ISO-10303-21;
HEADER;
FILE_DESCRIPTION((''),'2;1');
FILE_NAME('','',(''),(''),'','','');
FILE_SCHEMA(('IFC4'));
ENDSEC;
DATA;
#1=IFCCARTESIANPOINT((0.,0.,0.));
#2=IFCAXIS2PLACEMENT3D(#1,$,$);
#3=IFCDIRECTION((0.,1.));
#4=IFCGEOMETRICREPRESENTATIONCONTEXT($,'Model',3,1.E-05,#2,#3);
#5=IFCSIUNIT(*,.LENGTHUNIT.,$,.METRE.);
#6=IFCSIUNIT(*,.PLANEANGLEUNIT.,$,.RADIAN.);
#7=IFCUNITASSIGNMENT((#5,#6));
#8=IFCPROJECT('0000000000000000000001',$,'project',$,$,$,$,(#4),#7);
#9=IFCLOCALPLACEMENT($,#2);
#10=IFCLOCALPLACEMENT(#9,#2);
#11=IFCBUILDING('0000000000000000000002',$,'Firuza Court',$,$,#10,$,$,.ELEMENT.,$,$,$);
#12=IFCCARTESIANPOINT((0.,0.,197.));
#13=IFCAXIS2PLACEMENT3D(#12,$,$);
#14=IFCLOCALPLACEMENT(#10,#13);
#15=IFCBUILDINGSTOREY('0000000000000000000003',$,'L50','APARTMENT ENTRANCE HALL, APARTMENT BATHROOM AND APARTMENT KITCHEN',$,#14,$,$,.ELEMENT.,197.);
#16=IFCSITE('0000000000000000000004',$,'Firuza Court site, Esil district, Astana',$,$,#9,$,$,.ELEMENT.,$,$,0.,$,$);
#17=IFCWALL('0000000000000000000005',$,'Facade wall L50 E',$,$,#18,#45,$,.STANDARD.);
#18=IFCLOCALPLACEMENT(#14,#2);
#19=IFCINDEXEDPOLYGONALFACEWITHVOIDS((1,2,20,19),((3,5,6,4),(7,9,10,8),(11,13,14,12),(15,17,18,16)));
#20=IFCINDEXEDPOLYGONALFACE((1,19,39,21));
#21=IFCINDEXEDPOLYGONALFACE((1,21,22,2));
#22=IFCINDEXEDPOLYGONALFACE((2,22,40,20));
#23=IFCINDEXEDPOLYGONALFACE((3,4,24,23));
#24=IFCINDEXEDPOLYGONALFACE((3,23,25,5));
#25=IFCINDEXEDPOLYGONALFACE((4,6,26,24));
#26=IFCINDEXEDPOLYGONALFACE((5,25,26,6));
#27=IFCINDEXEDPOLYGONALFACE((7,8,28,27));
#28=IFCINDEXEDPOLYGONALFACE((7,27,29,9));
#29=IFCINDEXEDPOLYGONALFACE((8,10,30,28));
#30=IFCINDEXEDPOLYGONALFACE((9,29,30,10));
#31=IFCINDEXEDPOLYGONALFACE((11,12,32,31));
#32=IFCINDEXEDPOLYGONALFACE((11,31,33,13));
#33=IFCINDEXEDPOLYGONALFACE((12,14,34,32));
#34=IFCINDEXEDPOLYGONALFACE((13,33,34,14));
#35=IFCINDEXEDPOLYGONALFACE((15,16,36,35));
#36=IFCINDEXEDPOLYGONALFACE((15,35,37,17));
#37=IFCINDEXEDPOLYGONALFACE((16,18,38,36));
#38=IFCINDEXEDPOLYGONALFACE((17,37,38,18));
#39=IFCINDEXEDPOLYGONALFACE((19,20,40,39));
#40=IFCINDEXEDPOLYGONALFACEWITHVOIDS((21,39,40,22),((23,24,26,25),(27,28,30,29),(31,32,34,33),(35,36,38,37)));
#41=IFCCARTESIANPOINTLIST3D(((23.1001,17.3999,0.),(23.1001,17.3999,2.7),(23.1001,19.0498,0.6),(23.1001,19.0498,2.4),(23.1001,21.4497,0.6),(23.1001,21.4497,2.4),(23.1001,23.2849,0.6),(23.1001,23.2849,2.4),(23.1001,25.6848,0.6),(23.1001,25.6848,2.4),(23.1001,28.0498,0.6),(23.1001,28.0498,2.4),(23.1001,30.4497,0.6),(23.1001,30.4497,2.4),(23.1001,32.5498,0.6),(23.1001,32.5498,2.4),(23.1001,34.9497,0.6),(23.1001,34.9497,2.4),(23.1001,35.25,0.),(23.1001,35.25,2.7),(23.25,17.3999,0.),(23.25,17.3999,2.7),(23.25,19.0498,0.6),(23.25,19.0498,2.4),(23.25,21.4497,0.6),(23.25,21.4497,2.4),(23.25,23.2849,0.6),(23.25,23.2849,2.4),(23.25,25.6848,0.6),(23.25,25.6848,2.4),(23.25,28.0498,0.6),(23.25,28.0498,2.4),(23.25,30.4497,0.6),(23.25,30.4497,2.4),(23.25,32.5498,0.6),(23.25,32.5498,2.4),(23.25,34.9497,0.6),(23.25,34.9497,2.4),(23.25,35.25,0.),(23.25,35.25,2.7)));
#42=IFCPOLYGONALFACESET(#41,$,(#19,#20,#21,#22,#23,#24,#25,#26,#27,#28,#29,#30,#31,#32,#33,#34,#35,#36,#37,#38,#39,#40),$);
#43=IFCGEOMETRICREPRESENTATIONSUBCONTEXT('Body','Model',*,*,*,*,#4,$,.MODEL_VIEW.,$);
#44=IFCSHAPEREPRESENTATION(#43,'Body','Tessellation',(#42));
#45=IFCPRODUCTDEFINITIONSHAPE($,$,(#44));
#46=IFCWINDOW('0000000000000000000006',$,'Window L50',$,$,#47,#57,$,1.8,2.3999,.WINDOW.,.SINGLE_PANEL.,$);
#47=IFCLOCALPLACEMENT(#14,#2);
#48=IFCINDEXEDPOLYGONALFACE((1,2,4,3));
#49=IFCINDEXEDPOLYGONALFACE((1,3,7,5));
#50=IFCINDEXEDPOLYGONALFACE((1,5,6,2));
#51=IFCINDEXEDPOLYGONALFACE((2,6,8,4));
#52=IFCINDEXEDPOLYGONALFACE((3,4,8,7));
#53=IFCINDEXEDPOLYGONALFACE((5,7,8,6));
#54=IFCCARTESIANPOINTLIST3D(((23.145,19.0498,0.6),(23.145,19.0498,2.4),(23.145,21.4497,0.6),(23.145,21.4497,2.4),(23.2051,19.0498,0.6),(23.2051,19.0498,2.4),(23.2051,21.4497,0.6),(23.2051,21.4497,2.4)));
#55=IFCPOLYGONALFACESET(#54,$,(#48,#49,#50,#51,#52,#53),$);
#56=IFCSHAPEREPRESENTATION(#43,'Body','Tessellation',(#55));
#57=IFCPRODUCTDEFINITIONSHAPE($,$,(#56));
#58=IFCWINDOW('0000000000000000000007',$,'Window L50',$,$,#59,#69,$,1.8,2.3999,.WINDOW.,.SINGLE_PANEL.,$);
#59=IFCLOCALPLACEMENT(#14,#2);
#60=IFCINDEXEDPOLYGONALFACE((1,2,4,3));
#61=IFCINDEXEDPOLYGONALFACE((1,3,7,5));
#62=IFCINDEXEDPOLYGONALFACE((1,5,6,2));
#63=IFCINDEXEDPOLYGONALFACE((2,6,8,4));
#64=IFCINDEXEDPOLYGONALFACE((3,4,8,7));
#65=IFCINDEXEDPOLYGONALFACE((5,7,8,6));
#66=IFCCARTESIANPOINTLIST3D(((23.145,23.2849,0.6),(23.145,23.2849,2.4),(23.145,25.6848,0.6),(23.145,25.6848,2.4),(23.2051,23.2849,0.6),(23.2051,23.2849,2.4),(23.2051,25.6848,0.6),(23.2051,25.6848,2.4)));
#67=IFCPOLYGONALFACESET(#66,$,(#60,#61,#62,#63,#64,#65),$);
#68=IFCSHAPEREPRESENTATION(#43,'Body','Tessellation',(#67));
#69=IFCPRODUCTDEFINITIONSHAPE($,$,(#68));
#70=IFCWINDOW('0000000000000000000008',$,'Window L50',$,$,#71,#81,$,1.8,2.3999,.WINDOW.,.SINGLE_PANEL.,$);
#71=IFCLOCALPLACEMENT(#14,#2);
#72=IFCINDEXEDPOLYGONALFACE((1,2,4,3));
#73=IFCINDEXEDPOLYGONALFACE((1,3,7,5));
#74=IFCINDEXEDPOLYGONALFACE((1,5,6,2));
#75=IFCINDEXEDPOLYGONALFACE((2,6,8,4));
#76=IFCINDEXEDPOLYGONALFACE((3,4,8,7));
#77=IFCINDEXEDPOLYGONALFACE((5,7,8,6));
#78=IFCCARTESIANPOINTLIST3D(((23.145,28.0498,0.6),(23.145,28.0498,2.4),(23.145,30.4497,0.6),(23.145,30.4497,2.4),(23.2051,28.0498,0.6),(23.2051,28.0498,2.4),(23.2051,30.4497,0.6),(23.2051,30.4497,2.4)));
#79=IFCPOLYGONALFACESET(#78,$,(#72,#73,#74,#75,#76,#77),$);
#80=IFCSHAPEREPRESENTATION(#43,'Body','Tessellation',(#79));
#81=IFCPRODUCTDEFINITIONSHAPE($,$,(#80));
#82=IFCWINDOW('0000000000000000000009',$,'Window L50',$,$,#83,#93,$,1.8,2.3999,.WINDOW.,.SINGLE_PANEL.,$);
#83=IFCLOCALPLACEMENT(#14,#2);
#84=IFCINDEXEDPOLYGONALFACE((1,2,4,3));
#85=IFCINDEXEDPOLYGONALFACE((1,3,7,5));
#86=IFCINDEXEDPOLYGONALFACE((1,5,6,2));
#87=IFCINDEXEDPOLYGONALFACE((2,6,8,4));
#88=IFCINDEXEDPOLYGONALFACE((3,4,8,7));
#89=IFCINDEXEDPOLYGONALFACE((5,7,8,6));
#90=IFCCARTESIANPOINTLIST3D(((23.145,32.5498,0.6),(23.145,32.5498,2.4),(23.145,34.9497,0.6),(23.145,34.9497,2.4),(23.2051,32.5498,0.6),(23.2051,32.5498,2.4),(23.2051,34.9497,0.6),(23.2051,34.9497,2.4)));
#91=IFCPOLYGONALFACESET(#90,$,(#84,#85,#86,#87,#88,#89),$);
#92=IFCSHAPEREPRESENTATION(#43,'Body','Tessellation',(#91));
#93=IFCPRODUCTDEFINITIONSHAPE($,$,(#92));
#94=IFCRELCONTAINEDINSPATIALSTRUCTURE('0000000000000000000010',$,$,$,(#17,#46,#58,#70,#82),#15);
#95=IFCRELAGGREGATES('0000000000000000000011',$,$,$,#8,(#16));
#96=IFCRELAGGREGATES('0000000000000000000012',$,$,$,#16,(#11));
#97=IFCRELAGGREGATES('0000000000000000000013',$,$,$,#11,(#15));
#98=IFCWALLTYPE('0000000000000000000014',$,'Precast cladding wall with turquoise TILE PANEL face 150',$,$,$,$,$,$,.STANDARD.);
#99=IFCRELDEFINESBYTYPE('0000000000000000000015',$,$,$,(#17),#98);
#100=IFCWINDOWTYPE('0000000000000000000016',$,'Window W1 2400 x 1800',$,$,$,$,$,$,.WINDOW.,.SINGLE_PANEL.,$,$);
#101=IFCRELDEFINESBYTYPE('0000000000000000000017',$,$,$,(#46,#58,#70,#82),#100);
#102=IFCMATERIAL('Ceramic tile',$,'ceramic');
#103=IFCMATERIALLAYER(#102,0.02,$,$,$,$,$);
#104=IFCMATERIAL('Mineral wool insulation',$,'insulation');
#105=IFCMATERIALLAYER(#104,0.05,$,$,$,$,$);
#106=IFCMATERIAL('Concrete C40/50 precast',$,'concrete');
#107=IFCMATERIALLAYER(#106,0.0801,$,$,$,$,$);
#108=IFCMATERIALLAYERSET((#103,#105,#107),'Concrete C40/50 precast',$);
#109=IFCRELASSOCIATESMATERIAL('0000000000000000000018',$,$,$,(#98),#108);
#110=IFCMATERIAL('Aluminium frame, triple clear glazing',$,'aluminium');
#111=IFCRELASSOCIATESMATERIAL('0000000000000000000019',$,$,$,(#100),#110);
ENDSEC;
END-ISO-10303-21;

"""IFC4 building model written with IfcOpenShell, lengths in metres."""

from ifc_helpers import new_model, si_unit, direction, frame, frame_2d, origin, place, context, subcontext, project, spatial, rectangle, extrude, material, layer, layer_set, type_object, element, fill, save


model = new_model("IFC4")

# Units and contexts
model_context = context("Model", 3, precision=1e-05, world=origin(), true_north=direction((0.0, 1.0)))
body_context = subcontext(model_context, "Body", "Model", "MODEL_VIEW")
ifc_project = project(units=[si_unit("LENGTHUNIT", "METRE"), si_unit("PLANEANGLEUNIT", "RADIAN")], contexts=[model_context])

# Site, building, storey
site_placement = place(None, origin())
site = spatial("IfcSite", under=ifc_project, at=site_placement, Name="Firuza Court site, Esil district, Astana", CompositionType="ELEMENT", RefElevation=0.0)
building_placement = place(site_placement, origin())
building = spatial("IfcBuilding", under=site, at=building_placement, Name="Firuza Court", CompositionType="ELEMENT")
storey_placement = place(building_placement, frame((0.0, 0.0, 197.0)))
storey = spatial("IfcBuildingStorey", under=building, at=storey_placement, Name="L50", Description="APARTMENT ENTRANCE HALL, APARTMENT BATHROOM AND APARTMENT KITCHEN", CompositionType="ELEMENT", Elevation=197.0)

# Wall, openings, windows
ifc_material_1 = material(Name="Ceramic tile", Category="ceramic")
ifc_layer_1 = layer(ifc_material_1, 0.02)
ifc_material_2 = material(Name="Mineral wool insulation", Category="insulation")
ifc_layer_2 = layer(ifc_material_2, 0.05)
ifc_material_3 = material(Name="Concrete C40/50 precast", Category="concrete")
ifc_layer_3 = layer(ifc_material_3, 0.0801)
ifc_layer_set_1 = layer_set([ifc_layer_1, ifc_layer_2, ifc_layer_3], Name="Concrete C40/50 precast")
wall_type_1 = type_object("IfcWallType", Name="Precast cladding wall with turquoise TILE PANEL face 150", PredefinedType="STANDARD", material=ifc_layer_set_1)
wall_1_placement = place(storey_placement, frame((23.175, 17.3999, 0.0), z_axis=(0.0, 0.0, 1.0), x_axis=(0.0, 1.0, 0.0)))
wall_1 = element("IfcWall", 1, at=wall_1_placement, inside=storey, type_object=wall_type_1, Name="Facade wall L50 E", PredefinedType="STANDARD", context=body_context, shape_type="SweptSolid", body=[
    extrude(rectangle(XDim=17.8501, YDim=0.1499, at=frame_2d((8.925, 0.0))), origin(), (0.0, 0.0, 1.0), 2.7),
])
opening_1_placement = place(wall_1_placement, frame((1.6499, 0.0, 0.6001)))
opening_1 = element("IfcOpeningElement", 2, at=opening_1_placement, cuts=wall_1, PredefinedType="OPENING", context=body_context, shape_type="SweptSolid", body=[
    extrude(rectangle(XDim=2.3999, YDim=1.8, at=frame_2d((1.2, 0.8999))), frame((0.0, 0.0869, 0.0), z_axis=(0.0, -1.0, 0.0), x_axis=(1.0, 0.0, 0.0)), (0.0, 0.0, 1.0), 0.1738),
])
opening_2_placement = place(wall_1_placement, frame((5.885, 0.0, 0.6001)))
opening_2 = element("IfcOpeningElement", 3, at=opening_2_placement, cuts=wall_1, PredefinedType="OPENING", context=body_context, shape_type="SweptSolid", body=[
    extrude(rectangle(XDim=2.3999, YDim=1.8, at=frame_2d((1.2, 0.8999))), frame((0.0, 0.0869, 0.0), z_axis=(0.0, -1.0, 0.0), x_axis=(1.0, 0.0, 0.0)), (0.0, 0.0, 1.0), 0.1738),
])
opening_3_placement = place(wall_1_placement, frame((10.6499, 0.0, 0.6001)))
opening_3 = element("IfcOpeningElement", 4, at=opening_3_placement, cuts=wall_1, PredefinedType="OPENING", context=body_context, shape_type="SweptSolid", body=[
    extrude(rectangle(XDim=2.3999, YDim=1.8, at=frame_2d((1.2, 0.8999))), frame((0.0, 0.0869, 0.0), z_axis=(0.0, -1.0, 0.0), x_axis=(1.0, 0.0, 0.0)), (0.0, 0.0, 1.0), 0.1738),
])
opening_4_placement = place(wall_1_placement, frame((15.1499, 0.0, 0.6001)))
opening_4 = element("IfcOpeningElement", 5, at=opening_4_placement, cuts=wall_1, PredefinedType="OPENING", context=body_context, shape_type="SweptSolid", body=[
    extrude(rectangle(XDim=2.3999, YDim=1.8, at=frame_2d((1.2, 0.8999))), frame((0.0, 0.0869, 0.0), z_axis=(0.0, -1.0, 0.0), x_axis=(1.0, 0.0, 0.0)), (0.0, 0.0, 1.0), 0.1738),
])
ifc_material_4 = material(Name="Aluminium frame, triple clear glazing", Category="aluminium")
window_type_1 = type_object("IfcWindowType", Name="Window W1 2400 x 1800", PartitioningType="SINGLE_PANEL", PredefinedType="WINDOW", material=ifc_material_4)
window_1_placement = place(opening_1_placement, origin())
window_1 = element("IfcWindow", 6, at=window_1_placement, inside=storey, type_object=window_type_1, Name="Window L50", OverallHeight=1.8, OverallWidth=2.3999, PartitioningType="SINGLE_PANEL", PredefinedType="WINDOW", context=body_context, shape_type="SweptSolid", body=[
    extrude(rectangle(XDim=2.3999, YDim=1.8, at=frame_2d((1.2, 0.8999))), frame((0.0, 0.03, 0.0), z_axis=(0.0, -1.0, 0.0), x_axis=(1.0, 0.0, 0.0)), (0.0, 0.0, 1.0), 0.0601),
])
fill(opening_1, window_1)
window_2_placement = place(opening_2_placement, origin())
window_2 = element("IfcWindow", 7, at=window_2_placement, inside=storey, type_object=window_type_1, Name="Window L50", OverallHeight=1.8, OverallWidth=2.3999, PartitioningType="SINGLE_PANEL", PredefinedType="WINDOW", context=body_context, shape_type="SweptSolid", body=[
    extrude(rectangle(XDim=2.3999, YDim=1.8, at=frame_2d((1.2, 0.8999))), frame((0.0, 0.03, 0.0), z_axis=(0.0, -1.0, 0.0), x_axis=(1.0, 0.0, 0.0)), (0.0, 0.0, 1.0), 0.0601),
])
fill(opening_2, window_2)
window_3_placement = place(opening_3_placement, origin())
window_3 = element("IfcWindow", 8, at=window_3_placement, inside=storey, type_object=window_type_1, Name="Window L50", OverallHeight=1.8, OverallWidth=2.3999, PartitioningType="SINGLE_PANEL", PredefinedType="WINDOW", context=body_context, shape_type="SweptSolid", body=[
    extrude(rectangle(XDim=2.3999, YDim=1.8, at=frame_2d((1.2, 0.8999))), frame((0.0, 0.03, 0.0), z_axis=(0.0, -1.0, 0.0), x_axis=(1.0, 0.0, 0.0)), (0.0, 0.0, 1.0), 0.0601),
])
fill(opening_3, window_3)
window_4_placement = place(opening_4_placement, origin())
window_4 = element("IfcWindow", 9, at=window_4_placement, inside=storey, type_object=window_type_1, Name="Window L50", OverallHeight=1.8, OverallWidth=2.3999, PartitioningType="SINGLE_PANEL", PredefinedType="WINDOW", context=body_context, shape_type="SweptSolid", body=[
    extrude(rectangle(XDim=2.3999, YDim=1.8, at=frame_2d((1.2, 0.8999))), frame((0.0, 0.03, 0.0), z_axis=(0.0, -1.0, 0.0), x_axis=(1.0, 0.0, 0.0)), (0.0, 0.0, 1.0), 0.0601),
])
fill(opening_4, window_4)

save(model, "model.ifc")
